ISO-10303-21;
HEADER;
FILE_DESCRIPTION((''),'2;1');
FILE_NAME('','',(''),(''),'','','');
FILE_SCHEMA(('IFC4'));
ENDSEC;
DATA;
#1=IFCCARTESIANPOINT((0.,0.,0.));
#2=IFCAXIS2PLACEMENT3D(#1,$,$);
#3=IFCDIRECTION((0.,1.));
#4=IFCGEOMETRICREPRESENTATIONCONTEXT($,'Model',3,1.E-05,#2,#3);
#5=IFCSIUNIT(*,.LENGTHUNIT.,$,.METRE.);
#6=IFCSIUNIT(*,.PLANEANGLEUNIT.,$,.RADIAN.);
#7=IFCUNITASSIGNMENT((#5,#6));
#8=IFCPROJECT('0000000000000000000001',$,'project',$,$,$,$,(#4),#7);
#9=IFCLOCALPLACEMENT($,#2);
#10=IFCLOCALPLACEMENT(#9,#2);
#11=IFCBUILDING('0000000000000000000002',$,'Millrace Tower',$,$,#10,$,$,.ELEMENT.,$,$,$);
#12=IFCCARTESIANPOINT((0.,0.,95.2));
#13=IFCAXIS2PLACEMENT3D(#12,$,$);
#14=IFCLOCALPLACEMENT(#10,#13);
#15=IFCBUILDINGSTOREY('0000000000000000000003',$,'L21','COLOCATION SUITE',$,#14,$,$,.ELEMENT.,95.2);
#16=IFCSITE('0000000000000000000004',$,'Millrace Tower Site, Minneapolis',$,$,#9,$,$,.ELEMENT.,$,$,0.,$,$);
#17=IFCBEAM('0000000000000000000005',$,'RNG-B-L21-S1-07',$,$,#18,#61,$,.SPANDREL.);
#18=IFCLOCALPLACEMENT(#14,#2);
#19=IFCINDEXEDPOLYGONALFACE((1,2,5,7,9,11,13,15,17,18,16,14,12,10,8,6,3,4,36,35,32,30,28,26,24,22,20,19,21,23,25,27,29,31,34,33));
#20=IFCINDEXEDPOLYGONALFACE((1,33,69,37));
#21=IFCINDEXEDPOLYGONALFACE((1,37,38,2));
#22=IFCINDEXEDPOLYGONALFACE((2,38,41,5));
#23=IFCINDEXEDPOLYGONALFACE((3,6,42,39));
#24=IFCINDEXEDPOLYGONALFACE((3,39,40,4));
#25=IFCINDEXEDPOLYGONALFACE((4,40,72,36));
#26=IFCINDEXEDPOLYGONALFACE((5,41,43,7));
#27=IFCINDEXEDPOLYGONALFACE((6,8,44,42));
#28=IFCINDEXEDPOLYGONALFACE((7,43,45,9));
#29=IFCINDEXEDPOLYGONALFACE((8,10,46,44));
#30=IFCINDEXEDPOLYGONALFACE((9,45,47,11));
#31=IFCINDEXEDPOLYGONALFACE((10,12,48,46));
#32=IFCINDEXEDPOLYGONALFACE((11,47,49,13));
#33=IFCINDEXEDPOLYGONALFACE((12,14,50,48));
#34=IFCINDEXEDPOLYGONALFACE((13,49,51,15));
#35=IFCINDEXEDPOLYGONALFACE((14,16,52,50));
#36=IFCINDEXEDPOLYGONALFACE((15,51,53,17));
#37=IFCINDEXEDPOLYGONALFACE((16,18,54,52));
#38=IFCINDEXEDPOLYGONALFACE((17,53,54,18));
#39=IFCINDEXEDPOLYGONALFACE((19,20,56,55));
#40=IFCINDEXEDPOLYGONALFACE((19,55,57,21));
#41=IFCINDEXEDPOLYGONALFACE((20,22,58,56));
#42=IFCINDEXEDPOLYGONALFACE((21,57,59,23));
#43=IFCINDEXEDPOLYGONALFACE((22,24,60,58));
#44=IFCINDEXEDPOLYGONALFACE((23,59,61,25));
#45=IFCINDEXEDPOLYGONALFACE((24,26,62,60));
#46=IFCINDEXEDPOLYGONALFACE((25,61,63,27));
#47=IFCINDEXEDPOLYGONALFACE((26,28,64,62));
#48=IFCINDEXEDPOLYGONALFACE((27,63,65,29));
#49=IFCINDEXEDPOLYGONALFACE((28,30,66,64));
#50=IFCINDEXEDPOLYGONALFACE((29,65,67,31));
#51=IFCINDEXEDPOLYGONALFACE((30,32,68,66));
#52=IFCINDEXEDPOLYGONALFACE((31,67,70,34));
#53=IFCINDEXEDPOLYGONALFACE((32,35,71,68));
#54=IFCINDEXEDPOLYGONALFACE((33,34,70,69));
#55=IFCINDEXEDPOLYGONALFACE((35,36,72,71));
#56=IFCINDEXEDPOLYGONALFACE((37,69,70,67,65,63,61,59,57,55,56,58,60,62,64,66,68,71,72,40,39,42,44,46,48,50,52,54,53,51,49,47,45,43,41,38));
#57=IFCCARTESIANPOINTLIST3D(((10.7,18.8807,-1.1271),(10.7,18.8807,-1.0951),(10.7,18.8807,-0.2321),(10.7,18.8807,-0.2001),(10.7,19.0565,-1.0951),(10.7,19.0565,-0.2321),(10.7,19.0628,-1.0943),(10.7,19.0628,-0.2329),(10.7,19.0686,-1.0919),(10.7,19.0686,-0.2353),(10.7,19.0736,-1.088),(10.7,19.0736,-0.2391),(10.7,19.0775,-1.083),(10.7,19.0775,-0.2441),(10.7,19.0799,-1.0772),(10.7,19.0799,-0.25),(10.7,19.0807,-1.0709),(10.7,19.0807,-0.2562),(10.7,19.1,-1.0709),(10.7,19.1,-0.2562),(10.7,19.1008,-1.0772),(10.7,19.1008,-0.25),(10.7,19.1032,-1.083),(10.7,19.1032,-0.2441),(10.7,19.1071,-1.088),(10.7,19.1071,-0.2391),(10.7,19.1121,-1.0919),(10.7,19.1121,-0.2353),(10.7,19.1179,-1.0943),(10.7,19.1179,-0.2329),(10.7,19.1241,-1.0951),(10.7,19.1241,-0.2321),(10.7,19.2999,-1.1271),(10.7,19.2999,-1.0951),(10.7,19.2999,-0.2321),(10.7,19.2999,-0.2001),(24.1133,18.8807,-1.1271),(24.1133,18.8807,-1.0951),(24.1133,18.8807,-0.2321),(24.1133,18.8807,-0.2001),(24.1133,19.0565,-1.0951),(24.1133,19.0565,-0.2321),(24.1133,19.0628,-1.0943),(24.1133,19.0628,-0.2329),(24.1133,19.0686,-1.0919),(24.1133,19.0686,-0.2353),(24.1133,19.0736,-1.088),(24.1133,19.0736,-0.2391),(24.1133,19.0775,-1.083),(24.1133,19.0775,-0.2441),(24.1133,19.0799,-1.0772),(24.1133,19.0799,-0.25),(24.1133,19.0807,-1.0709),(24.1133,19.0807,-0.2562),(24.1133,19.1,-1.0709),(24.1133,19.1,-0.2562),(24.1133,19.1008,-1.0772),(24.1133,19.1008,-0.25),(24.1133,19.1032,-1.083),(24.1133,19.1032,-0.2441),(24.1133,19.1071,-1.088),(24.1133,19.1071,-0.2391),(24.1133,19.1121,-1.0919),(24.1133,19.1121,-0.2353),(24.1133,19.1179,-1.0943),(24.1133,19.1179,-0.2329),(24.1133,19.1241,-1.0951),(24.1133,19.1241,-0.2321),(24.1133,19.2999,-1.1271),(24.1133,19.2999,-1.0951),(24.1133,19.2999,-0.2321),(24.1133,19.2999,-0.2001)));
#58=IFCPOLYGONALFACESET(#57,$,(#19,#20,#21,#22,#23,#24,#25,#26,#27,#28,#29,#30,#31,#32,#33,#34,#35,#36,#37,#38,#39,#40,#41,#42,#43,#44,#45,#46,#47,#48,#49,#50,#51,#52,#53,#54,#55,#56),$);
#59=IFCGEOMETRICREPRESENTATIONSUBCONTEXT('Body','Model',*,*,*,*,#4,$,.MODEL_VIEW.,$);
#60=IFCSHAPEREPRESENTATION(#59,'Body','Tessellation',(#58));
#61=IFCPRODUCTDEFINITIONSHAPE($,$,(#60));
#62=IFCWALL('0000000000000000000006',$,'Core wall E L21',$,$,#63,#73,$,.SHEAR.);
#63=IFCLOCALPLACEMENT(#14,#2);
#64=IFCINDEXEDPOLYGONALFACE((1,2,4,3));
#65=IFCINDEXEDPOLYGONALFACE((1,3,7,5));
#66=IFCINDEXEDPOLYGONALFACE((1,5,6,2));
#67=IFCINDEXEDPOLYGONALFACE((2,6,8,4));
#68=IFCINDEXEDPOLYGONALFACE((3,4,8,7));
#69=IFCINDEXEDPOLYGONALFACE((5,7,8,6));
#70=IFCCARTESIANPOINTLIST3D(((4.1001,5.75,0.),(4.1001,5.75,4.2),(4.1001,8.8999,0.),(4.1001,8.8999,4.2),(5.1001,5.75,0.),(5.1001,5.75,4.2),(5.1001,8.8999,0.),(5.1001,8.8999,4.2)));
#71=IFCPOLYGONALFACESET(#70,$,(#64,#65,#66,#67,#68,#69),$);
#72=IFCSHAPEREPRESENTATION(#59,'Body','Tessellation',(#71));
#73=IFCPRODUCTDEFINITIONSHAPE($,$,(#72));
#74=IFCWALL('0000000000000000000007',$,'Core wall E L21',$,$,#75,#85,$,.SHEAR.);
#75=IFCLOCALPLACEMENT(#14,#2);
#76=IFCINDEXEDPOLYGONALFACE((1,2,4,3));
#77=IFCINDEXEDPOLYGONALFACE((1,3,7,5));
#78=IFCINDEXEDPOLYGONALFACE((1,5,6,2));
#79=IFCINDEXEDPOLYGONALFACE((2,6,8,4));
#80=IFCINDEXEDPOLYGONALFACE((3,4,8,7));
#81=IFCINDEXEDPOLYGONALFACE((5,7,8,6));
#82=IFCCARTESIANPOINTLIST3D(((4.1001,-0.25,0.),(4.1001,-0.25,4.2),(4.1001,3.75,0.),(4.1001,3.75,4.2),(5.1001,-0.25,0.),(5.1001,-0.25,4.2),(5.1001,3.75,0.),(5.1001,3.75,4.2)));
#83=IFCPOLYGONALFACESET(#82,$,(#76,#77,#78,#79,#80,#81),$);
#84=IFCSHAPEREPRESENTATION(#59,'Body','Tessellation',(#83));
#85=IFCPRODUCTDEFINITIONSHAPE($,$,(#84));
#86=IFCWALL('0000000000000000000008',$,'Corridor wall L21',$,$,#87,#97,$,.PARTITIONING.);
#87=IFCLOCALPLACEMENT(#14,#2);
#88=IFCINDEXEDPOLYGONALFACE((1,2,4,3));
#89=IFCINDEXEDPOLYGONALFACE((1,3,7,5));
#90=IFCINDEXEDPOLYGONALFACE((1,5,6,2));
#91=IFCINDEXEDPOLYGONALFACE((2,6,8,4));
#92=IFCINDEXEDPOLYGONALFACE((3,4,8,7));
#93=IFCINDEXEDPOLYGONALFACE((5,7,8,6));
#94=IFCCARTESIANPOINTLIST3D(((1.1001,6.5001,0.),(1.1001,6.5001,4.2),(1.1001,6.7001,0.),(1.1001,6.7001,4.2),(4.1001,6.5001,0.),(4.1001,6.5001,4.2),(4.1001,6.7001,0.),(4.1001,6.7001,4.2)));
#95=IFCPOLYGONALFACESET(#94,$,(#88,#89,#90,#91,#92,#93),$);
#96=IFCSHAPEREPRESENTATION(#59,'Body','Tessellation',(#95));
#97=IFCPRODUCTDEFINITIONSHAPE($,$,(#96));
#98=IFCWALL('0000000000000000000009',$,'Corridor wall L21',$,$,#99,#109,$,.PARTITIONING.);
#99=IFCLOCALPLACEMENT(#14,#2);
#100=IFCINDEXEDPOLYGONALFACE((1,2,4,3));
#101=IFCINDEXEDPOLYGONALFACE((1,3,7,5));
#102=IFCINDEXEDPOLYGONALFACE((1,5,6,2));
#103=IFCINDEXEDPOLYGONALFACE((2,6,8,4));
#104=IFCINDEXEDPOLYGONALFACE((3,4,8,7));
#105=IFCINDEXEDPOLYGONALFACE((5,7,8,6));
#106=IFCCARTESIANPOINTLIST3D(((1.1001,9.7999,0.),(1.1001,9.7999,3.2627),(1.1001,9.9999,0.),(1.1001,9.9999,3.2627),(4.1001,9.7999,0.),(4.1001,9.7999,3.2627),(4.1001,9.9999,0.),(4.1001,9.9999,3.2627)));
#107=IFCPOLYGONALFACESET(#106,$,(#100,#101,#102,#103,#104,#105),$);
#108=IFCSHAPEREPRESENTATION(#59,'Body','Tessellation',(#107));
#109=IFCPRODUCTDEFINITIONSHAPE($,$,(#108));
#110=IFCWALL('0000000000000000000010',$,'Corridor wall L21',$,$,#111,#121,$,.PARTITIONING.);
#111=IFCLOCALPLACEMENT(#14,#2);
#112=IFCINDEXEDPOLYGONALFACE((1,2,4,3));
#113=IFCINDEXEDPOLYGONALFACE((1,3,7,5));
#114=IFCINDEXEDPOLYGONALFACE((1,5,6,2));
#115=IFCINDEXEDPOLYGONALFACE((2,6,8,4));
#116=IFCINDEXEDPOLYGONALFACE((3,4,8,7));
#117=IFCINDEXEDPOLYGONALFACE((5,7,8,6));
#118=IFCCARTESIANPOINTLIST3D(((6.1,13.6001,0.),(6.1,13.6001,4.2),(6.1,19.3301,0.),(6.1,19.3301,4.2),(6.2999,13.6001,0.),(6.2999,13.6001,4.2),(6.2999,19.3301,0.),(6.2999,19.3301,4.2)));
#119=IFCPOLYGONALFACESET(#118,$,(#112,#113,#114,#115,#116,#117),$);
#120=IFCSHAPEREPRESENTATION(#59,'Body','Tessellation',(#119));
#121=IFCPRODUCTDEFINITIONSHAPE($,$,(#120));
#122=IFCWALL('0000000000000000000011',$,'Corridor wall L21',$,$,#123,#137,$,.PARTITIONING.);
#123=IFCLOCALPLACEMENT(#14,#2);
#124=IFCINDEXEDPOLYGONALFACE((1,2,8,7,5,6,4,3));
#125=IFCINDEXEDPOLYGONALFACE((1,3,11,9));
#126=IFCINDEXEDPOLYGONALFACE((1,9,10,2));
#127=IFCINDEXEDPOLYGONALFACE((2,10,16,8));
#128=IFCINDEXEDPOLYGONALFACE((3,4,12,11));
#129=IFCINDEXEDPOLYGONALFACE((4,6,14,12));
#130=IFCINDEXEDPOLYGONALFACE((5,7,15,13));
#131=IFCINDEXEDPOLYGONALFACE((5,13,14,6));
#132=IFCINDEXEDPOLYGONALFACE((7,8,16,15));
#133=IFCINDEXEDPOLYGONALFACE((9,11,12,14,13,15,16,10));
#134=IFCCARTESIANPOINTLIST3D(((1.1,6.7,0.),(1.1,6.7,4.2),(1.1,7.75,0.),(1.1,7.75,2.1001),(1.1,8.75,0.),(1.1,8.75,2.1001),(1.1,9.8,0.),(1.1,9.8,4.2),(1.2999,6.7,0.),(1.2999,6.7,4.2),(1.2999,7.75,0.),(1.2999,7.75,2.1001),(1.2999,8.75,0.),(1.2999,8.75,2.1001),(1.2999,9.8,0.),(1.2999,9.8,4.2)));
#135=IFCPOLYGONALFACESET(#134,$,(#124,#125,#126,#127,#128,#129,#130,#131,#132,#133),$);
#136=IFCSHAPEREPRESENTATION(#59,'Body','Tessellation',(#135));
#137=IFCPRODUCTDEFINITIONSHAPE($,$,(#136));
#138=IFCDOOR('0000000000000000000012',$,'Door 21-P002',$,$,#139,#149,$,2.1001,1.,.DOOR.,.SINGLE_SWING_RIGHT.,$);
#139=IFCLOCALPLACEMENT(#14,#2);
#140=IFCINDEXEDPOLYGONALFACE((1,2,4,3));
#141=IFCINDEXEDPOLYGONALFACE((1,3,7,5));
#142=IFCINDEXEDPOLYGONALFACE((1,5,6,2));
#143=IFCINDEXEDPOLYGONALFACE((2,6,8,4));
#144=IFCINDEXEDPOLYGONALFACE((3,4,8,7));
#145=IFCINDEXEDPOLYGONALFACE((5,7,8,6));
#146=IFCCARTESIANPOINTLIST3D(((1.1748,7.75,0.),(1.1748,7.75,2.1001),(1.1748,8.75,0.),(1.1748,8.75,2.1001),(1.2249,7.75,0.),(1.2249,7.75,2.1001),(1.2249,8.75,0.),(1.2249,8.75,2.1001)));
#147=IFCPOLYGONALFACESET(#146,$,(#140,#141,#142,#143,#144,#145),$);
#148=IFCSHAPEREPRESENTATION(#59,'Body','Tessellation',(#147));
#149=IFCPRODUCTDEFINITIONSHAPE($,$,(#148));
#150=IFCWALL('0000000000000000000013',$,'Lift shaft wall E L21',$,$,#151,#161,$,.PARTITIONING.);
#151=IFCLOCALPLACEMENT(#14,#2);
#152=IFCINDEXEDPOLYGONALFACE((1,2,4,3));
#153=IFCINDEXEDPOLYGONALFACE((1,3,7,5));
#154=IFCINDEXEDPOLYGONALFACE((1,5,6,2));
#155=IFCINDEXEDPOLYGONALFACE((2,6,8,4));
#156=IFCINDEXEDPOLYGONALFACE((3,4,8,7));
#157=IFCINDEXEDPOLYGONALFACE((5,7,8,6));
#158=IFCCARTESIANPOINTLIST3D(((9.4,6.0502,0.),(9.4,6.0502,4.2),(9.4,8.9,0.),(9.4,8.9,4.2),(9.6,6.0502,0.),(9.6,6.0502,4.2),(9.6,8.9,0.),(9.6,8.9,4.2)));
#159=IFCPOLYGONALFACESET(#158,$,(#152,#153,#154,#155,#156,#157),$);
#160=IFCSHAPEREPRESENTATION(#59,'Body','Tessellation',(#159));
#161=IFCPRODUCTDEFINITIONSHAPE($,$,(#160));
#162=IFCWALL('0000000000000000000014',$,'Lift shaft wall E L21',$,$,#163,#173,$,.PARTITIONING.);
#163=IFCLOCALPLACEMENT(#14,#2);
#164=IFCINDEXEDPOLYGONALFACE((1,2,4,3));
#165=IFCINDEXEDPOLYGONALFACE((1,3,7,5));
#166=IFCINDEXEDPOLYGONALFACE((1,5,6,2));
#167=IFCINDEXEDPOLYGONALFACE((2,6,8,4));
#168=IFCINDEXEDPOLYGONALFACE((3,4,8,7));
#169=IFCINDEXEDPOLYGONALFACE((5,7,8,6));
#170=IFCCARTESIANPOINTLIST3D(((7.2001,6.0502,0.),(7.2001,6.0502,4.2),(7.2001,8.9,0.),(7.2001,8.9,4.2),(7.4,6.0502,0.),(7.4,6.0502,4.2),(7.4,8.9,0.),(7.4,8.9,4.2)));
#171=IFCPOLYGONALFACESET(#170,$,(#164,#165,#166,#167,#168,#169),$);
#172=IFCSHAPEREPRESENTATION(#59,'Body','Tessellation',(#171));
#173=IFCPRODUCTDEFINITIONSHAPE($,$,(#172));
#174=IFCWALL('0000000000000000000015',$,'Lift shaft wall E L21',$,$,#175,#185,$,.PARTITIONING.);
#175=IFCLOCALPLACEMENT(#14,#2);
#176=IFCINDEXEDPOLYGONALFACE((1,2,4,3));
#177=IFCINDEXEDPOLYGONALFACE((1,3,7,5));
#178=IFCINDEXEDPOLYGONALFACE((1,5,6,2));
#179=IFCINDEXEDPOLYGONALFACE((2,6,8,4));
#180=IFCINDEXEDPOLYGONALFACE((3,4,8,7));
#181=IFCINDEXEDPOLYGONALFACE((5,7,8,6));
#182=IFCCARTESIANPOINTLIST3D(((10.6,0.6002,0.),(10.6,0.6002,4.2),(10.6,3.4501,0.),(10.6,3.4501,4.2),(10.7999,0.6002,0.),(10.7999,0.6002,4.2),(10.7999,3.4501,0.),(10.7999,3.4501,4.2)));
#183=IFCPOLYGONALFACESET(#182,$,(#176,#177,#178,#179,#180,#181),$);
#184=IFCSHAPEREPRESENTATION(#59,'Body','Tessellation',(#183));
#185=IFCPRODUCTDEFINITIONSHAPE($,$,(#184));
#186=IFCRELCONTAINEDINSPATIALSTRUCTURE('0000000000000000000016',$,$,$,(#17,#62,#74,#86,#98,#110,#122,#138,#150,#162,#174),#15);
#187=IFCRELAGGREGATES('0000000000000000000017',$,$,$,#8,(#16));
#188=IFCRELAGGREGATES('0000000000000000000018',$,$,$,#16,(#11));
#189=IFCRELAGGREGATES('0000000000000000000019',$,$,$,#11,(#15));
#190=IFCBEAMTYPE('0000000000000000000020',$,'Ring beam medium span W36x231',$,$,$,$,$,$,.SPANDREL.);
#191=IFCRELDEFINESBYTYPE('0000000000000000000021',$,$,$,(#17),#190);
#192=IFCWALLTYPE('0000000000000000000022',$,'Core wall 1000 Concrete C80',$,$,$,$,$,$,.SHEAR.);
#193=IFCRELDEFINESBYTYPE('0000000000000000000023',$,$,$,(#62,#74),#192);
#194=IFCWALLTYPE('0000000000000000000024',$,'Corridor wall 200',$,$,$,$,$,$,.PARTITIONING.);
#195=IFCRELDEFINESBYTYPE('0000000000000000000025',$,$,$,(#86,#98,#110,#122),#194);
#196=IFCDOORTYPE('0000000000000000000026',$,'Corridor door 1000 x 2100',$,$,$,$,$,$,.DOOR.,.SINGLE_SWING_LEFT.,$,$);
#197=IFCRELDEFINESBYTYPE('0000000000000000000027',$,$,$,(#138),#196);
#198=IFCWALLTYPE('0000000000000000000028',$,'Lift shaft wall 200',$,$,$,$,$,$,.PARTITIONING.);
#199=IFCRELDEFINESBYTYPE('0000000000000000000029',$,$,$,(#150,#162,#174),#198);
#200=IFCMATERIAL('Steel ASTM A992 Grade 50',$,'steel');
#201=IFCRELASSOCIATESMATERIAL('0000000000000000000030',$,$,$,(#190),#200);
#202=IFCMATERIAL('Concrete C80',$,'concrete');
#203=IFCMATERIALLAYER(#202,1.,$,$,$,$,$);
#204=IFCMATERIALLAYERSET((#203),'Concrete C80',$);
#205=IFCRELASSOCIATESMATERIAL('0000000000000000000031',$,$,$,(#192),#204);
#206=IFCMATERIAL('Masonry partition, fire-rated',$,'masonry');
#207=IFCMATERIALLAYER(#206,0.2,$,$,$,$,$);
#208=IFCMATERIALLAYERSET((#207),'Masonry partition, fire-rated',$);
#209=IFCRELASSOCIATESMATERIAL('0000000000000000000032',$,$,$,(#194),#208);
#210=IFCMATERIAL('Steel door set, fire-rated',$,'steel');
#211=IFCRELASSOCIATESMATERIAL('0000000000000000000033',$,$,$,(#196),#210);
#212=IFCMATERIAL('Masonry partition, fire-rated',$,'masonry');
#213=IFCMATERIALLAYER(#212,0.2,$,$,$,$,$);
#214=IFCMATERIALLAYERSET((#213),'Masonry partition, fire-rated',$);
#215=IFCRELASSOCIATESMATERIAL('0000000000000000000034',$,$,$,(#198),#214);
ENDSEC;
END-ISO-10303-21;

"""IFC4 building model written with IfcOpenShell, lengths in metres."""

from ifc_helpers import new_model, si_unit, direction, frame, frame_2d, origin, origin_2d, place, context, subcontext, project, spatial, rectangle, i_section, extrude, material, layer, layer_set, material_profile, profile_set, type_object, element, fill, save


model = new_model("IFC4")

# Units and contexts
model_context = context("Model", 3, precision=1e-05, world=origin(), true_north=direction((0.0, 1.0)))
body_context = subcontext(model_context, "Body", "Model", "MODEL_VIEW")
ifc_project = project(units=[si_unit("LENGTHUNIT", "METRE"), si_unit("PLANEANGLEUNIT", "RADIAN")], contexts=[model_context])

# Site, building, storey
site_placement = place(None, origin())
site = spatial("IfcSite", under=ifc_project, at=site_placement, Name="Millrace Tower Site, Minneapolis", CompositionType="ELEMENT", RefElevation=0.0)
building_placement = place(site_placement, origin())
building = spatial("IfcBuilding", under=site, at=building_placement, Name="Millrace Tower", CompositionType="ELEMENT")
storey_placement = place(building_placement, frame((0.0, 0.0, 95.2)))
storey = spatial("IfcBuildingStorey", under=building, at=storey_placement, Name="L21", Description="COLOCATION SUITE", CompositionType="ELEMENT", Elevation=95.2)

# Beam
ifc_material_1 = material(Name="Steel ASTM A992 Grade 50", Category="steel")
ifc_material_profile_1 = material_profile(ifc_material_1, i_section(OverallWidth=0.4192, OverallDepth=0.927, WebThickness=0.0193, FlangeThickness=0.032, FilletRadius=0.0242, at=origin_2d()))
ifc_profile_set_1 = profile_set([ifc_material_profile_1], Name="Steel ASTM A992 Grade 50")
beam_type_1 = type_object("IfcBeamType", Name="Ring beam medium span W36x231", PredefinedType="SPANDREL", material=ifc_profile_set_1)
beam_1_placement = place(storey_placement, frame((10.7, 19.0903, -0.6636), z_axis=(1.0, 0.0, 0.0), x_axis=(0.0, 1.0, 0.0)))
element("IfcBeam", 1, at=beam_1_placement, inside=storey, type_object=beam_type_1, Name="RNG-B-L21-S1-07", PredefinedType="SPANDREL", context=body_context, shape_type="SweptSolid", body=[
    extrude(i_section(OverallWidth=0.4192, OverallDepth=0.927, WebThickness=0.0193, FlangeThickness=0.032, FilletRadius=0.0242, at=origin_2d()), origin(), (0.0, 0.0, 1.0), 13.4133),
])

# Walls
ifc_material_2 = material(Name="Concrete C80", Category="concrete")
ifc_layer_1 = layer(ifc_material_2, 1.0)
ifc_layer_set_1 = layer_set([ifc_layer_1], Name="Concrete C80")
wall_type_1 = type_object("IfcWallType", Name="Core wall 1000 Concrete C80", PredefinedType="SHEAR", material=ifc_layer_set_1)
wall_1_placement = place(storey_placement, frame((4.6001, 8.8999, 0.0), z_axis=(0.0, 0.0, 1.0), x_axis=(0.0, -1.0, 0.0)))
element("IfcWall", 2, at=wall_1_placement, inside=storey, type_object=wall_type_1, Name="Core wall E L21", PredefinedType="SHEAR", context=body_context, shape_type="SweptSolid", body=[
    extrude(rectangle(XDim=3.1499, YDim=1.0, at=frame_2d((1.575, 0.0))), origin(), (0.0, 0.0, 1.0), 4.2),
])
wall_2_placement = place(storey_placement, frame((4.6001, 3.75, 0.0), z_axis=(0.0, 0.0, 1.0), x_axis=(0.0, -1.0, 0.0)))
element("IfcWall", 3, at=wall_2_placement, inside=storey, type_object=wall_type_1, Name="Core wall E L21", PredefinedType="SHEAR", context=body_context, shape_type="SweptSolid", body=[
    extrude(rectangle(XDim=4.0, YDim=1.0, at=frame_2d((2.0, 0.0))), origin(), (0.0, 0.0, 1.0), 4.2),
])
ifc_material_3 = material(Name="Masonry partition, fire-rated", Category="masonry")
ifc_layer_2 = layer(ifc_material_3, 0.2)
ifc_layer_set_2 = layer_set([ifc_layer_2], Name="Masonry partition, fire-rated")
wall_type_2 = type_object("IfcWallType", Name="Corridor wall 200", PredefinedType="PARTITIONING", material=ifc_layer_set_2)
wall_3_placement = place(storey_placement, frame((1.1001, 6.6001, 0.0), z_axis=(0.0, 0.0, 1.0), x_axis=(1.0, 0.0, 0.0)))
element("IfcWall", 4, at=wall_3_placement, inside=storey, type_object=wall_type_2, Name="Corridor wall L21", PredefinedType="PARTITIONING", context=body_context, shape_type="SweptSolid", body=[
    extrude(rectangle(XDim=3.0, YDim=0.2, at=frame_2d((1.5, 0.0))), origin(), (0.0, 0.0, 1.0), 4.2),
])
wall_4_placement = place(storey_placement, frame((1.1001, 9.8999, 0.0), z_axis=(0.0, 0.0, 1.0), x_axis=(1.0, 0.0, 0.0)))
element("IfcWall", 5, at=wall_4_placement, inside=storey, type_object=wall_type_2, Name="Corridor wall L21", PredefinedType="PARTITIONING", context=body_context, shape_type="SweptSolid", body=[
    extrude(rectangle(XDim=3.0, YDim=0.2, at=frame_2d((1.5, 0.0))), origin(), (0.0, 0.0, 1.0), 3.2627),
])
wall_5_placement = place(storey_placement, frame((6.2, 13.6001, 0.0), z_axis=(0.0, 0.0, 1.0), x_axis=(0.0, 1.0, 0.0)))
element("IfcWall", 6, at=wall_5_placement, inside=storey, type_object=wall_type_2, Name="Corridor wall L21", PredefinedType="PARTITIONING", context=body_context, shape_type="SweptSolid", body=[
    extrude(rectangle(XDim=5.73, YDim=0.2, at=frame_2d((2.865, 0.0))), origin(), (0.0, 0.0, 1.0), 4.2),
])

# Wall, opening, door
wall_6_placement = place(storey_placement, frame((1.2, 6.7, 0.0), z_axis=(0.0, 0.0, 1.0), x_axis=(0.0, 1.0, 0.0)))
wall_6 = element("IfcWall", 7, at=wall_6_placement, inside=storey, type_object=wall_type_2, Name="Corridor wall L21", PredefinedType="PARTITIONING", context=body_context, shape_type="SweptSolid", body=[
    extrude(rectangle(XDim=3.1001, YDim=0.2, at=frame_2d((1.55, 0.0))), origin(), (0.0, 0.0, 1.0), 4.2),
])
opening_1_placement = place(wall_6_placement, frame((1.05, 0.0, 0.0)))
opening_1 = element("IfcOpeningElement", 8, at=opening_1_placement, cuts=wall_6, PredefinedType="OPENING", context=body_context, shape_type="SweptSolid", body=[
    extrude(rectangle(XDim=1.0, YDim=2.1001, at=frame_2d((0.5, 1.05))), frame((0.0, 0.1099, 0.0), z_axis=(0.0, -1.0, 0.0), x_axis=(1.0, 0.0, 0.0)), (0.0, 0.0, 1.0), 0.22),
])
ifc_material_4 = material(Name="Steel door set, fire-rated", Category="steel")
door_type_1 = type_object("IfcDoorType", Name="Corridor door 1000 x 2100", OperationType="SINGLE_SWING_LEFT", PredefinedType="DOOR", material=ifc_material_4)
door_1_placement = place(opening_1_placement, frame((1.0, 0.0, 0.0), z_axis=(0.0, 0.0, 1.0), x_axis=(-1.0, 0.0, 0.0)))
door_1 = element("IfcDoor", 9, at=door_1_placement, inside=storey, type_object=door_type_1, Name="Door 21-P002", OperationType="SINGLE_SWING_RIGHT", OverallHeight=2.1001, OverallWidth=1.0, PredefinedType="DOOR", context=body_context, shape_type="SweptSolid", body=[
    extrude(rectangle(XDim=1.0, YDim=2.1001, at=frame_2d((0.5, 1.05))), frame((0.0, 0.0249, 0.0), z_axis=(0.0, -1.0, 0.0), x_axis=(1.0, 0.0, 0.0)), (0.0, 0.0, 1.0), 0.05),
])
fill(opening_1, door_1)

# Walls
ifc_material_5 = material(Name="Masonry partition, fire-rated", Category="masonry")
ifc_layer_3 = layer(ifc_material_5, 0.2)
ifc_layer_set_3 = layer_set([ifc_layer_3], Name="Masonry partition, fire-rated")
wall_type_3 = type_object("IfcWallType", Name="Lift shaft wall 200", PredefinedType="PARTITIONING", material=ifc_layer_set_3)
for number, where, z_axis, x_axis, name in (
    (10, (9.5, 8.8999, 0.0), (0.0, 0.0, 1.0), (0.0, -1.0, 0.0), "Lift shaft wall E L21"),
    (11, (7.3, 8.8999, 0.0), (0.0, 0.0, 1.0), (0.0, -1.0, 0.0), "Lift shaft wall E L21"),
    (12, (10.7, 3.45, 0.0), (0.0, 0.0, 1.0), (0.0, -1.0, 0.0), "Lift shaft wall E L21"),
):
    element("IfcWall", number, at=place(storey_placement, frame(where, z_axis=z_axis, x_axis=x_axis)), inside=storey, type_object=wall_type_3, Name=name, PredefinedType="PARTITIONING", context=body_context, shape_type="SweptSolid", body=[
        extrude(rectangle(XDim=2.8499, YDim=0.2, at=frame_2d((1.4248, 0.0))), origin(), (0.0, 0.0, 1.0), 4.2),
    ])

save(model, "model.ifc")
